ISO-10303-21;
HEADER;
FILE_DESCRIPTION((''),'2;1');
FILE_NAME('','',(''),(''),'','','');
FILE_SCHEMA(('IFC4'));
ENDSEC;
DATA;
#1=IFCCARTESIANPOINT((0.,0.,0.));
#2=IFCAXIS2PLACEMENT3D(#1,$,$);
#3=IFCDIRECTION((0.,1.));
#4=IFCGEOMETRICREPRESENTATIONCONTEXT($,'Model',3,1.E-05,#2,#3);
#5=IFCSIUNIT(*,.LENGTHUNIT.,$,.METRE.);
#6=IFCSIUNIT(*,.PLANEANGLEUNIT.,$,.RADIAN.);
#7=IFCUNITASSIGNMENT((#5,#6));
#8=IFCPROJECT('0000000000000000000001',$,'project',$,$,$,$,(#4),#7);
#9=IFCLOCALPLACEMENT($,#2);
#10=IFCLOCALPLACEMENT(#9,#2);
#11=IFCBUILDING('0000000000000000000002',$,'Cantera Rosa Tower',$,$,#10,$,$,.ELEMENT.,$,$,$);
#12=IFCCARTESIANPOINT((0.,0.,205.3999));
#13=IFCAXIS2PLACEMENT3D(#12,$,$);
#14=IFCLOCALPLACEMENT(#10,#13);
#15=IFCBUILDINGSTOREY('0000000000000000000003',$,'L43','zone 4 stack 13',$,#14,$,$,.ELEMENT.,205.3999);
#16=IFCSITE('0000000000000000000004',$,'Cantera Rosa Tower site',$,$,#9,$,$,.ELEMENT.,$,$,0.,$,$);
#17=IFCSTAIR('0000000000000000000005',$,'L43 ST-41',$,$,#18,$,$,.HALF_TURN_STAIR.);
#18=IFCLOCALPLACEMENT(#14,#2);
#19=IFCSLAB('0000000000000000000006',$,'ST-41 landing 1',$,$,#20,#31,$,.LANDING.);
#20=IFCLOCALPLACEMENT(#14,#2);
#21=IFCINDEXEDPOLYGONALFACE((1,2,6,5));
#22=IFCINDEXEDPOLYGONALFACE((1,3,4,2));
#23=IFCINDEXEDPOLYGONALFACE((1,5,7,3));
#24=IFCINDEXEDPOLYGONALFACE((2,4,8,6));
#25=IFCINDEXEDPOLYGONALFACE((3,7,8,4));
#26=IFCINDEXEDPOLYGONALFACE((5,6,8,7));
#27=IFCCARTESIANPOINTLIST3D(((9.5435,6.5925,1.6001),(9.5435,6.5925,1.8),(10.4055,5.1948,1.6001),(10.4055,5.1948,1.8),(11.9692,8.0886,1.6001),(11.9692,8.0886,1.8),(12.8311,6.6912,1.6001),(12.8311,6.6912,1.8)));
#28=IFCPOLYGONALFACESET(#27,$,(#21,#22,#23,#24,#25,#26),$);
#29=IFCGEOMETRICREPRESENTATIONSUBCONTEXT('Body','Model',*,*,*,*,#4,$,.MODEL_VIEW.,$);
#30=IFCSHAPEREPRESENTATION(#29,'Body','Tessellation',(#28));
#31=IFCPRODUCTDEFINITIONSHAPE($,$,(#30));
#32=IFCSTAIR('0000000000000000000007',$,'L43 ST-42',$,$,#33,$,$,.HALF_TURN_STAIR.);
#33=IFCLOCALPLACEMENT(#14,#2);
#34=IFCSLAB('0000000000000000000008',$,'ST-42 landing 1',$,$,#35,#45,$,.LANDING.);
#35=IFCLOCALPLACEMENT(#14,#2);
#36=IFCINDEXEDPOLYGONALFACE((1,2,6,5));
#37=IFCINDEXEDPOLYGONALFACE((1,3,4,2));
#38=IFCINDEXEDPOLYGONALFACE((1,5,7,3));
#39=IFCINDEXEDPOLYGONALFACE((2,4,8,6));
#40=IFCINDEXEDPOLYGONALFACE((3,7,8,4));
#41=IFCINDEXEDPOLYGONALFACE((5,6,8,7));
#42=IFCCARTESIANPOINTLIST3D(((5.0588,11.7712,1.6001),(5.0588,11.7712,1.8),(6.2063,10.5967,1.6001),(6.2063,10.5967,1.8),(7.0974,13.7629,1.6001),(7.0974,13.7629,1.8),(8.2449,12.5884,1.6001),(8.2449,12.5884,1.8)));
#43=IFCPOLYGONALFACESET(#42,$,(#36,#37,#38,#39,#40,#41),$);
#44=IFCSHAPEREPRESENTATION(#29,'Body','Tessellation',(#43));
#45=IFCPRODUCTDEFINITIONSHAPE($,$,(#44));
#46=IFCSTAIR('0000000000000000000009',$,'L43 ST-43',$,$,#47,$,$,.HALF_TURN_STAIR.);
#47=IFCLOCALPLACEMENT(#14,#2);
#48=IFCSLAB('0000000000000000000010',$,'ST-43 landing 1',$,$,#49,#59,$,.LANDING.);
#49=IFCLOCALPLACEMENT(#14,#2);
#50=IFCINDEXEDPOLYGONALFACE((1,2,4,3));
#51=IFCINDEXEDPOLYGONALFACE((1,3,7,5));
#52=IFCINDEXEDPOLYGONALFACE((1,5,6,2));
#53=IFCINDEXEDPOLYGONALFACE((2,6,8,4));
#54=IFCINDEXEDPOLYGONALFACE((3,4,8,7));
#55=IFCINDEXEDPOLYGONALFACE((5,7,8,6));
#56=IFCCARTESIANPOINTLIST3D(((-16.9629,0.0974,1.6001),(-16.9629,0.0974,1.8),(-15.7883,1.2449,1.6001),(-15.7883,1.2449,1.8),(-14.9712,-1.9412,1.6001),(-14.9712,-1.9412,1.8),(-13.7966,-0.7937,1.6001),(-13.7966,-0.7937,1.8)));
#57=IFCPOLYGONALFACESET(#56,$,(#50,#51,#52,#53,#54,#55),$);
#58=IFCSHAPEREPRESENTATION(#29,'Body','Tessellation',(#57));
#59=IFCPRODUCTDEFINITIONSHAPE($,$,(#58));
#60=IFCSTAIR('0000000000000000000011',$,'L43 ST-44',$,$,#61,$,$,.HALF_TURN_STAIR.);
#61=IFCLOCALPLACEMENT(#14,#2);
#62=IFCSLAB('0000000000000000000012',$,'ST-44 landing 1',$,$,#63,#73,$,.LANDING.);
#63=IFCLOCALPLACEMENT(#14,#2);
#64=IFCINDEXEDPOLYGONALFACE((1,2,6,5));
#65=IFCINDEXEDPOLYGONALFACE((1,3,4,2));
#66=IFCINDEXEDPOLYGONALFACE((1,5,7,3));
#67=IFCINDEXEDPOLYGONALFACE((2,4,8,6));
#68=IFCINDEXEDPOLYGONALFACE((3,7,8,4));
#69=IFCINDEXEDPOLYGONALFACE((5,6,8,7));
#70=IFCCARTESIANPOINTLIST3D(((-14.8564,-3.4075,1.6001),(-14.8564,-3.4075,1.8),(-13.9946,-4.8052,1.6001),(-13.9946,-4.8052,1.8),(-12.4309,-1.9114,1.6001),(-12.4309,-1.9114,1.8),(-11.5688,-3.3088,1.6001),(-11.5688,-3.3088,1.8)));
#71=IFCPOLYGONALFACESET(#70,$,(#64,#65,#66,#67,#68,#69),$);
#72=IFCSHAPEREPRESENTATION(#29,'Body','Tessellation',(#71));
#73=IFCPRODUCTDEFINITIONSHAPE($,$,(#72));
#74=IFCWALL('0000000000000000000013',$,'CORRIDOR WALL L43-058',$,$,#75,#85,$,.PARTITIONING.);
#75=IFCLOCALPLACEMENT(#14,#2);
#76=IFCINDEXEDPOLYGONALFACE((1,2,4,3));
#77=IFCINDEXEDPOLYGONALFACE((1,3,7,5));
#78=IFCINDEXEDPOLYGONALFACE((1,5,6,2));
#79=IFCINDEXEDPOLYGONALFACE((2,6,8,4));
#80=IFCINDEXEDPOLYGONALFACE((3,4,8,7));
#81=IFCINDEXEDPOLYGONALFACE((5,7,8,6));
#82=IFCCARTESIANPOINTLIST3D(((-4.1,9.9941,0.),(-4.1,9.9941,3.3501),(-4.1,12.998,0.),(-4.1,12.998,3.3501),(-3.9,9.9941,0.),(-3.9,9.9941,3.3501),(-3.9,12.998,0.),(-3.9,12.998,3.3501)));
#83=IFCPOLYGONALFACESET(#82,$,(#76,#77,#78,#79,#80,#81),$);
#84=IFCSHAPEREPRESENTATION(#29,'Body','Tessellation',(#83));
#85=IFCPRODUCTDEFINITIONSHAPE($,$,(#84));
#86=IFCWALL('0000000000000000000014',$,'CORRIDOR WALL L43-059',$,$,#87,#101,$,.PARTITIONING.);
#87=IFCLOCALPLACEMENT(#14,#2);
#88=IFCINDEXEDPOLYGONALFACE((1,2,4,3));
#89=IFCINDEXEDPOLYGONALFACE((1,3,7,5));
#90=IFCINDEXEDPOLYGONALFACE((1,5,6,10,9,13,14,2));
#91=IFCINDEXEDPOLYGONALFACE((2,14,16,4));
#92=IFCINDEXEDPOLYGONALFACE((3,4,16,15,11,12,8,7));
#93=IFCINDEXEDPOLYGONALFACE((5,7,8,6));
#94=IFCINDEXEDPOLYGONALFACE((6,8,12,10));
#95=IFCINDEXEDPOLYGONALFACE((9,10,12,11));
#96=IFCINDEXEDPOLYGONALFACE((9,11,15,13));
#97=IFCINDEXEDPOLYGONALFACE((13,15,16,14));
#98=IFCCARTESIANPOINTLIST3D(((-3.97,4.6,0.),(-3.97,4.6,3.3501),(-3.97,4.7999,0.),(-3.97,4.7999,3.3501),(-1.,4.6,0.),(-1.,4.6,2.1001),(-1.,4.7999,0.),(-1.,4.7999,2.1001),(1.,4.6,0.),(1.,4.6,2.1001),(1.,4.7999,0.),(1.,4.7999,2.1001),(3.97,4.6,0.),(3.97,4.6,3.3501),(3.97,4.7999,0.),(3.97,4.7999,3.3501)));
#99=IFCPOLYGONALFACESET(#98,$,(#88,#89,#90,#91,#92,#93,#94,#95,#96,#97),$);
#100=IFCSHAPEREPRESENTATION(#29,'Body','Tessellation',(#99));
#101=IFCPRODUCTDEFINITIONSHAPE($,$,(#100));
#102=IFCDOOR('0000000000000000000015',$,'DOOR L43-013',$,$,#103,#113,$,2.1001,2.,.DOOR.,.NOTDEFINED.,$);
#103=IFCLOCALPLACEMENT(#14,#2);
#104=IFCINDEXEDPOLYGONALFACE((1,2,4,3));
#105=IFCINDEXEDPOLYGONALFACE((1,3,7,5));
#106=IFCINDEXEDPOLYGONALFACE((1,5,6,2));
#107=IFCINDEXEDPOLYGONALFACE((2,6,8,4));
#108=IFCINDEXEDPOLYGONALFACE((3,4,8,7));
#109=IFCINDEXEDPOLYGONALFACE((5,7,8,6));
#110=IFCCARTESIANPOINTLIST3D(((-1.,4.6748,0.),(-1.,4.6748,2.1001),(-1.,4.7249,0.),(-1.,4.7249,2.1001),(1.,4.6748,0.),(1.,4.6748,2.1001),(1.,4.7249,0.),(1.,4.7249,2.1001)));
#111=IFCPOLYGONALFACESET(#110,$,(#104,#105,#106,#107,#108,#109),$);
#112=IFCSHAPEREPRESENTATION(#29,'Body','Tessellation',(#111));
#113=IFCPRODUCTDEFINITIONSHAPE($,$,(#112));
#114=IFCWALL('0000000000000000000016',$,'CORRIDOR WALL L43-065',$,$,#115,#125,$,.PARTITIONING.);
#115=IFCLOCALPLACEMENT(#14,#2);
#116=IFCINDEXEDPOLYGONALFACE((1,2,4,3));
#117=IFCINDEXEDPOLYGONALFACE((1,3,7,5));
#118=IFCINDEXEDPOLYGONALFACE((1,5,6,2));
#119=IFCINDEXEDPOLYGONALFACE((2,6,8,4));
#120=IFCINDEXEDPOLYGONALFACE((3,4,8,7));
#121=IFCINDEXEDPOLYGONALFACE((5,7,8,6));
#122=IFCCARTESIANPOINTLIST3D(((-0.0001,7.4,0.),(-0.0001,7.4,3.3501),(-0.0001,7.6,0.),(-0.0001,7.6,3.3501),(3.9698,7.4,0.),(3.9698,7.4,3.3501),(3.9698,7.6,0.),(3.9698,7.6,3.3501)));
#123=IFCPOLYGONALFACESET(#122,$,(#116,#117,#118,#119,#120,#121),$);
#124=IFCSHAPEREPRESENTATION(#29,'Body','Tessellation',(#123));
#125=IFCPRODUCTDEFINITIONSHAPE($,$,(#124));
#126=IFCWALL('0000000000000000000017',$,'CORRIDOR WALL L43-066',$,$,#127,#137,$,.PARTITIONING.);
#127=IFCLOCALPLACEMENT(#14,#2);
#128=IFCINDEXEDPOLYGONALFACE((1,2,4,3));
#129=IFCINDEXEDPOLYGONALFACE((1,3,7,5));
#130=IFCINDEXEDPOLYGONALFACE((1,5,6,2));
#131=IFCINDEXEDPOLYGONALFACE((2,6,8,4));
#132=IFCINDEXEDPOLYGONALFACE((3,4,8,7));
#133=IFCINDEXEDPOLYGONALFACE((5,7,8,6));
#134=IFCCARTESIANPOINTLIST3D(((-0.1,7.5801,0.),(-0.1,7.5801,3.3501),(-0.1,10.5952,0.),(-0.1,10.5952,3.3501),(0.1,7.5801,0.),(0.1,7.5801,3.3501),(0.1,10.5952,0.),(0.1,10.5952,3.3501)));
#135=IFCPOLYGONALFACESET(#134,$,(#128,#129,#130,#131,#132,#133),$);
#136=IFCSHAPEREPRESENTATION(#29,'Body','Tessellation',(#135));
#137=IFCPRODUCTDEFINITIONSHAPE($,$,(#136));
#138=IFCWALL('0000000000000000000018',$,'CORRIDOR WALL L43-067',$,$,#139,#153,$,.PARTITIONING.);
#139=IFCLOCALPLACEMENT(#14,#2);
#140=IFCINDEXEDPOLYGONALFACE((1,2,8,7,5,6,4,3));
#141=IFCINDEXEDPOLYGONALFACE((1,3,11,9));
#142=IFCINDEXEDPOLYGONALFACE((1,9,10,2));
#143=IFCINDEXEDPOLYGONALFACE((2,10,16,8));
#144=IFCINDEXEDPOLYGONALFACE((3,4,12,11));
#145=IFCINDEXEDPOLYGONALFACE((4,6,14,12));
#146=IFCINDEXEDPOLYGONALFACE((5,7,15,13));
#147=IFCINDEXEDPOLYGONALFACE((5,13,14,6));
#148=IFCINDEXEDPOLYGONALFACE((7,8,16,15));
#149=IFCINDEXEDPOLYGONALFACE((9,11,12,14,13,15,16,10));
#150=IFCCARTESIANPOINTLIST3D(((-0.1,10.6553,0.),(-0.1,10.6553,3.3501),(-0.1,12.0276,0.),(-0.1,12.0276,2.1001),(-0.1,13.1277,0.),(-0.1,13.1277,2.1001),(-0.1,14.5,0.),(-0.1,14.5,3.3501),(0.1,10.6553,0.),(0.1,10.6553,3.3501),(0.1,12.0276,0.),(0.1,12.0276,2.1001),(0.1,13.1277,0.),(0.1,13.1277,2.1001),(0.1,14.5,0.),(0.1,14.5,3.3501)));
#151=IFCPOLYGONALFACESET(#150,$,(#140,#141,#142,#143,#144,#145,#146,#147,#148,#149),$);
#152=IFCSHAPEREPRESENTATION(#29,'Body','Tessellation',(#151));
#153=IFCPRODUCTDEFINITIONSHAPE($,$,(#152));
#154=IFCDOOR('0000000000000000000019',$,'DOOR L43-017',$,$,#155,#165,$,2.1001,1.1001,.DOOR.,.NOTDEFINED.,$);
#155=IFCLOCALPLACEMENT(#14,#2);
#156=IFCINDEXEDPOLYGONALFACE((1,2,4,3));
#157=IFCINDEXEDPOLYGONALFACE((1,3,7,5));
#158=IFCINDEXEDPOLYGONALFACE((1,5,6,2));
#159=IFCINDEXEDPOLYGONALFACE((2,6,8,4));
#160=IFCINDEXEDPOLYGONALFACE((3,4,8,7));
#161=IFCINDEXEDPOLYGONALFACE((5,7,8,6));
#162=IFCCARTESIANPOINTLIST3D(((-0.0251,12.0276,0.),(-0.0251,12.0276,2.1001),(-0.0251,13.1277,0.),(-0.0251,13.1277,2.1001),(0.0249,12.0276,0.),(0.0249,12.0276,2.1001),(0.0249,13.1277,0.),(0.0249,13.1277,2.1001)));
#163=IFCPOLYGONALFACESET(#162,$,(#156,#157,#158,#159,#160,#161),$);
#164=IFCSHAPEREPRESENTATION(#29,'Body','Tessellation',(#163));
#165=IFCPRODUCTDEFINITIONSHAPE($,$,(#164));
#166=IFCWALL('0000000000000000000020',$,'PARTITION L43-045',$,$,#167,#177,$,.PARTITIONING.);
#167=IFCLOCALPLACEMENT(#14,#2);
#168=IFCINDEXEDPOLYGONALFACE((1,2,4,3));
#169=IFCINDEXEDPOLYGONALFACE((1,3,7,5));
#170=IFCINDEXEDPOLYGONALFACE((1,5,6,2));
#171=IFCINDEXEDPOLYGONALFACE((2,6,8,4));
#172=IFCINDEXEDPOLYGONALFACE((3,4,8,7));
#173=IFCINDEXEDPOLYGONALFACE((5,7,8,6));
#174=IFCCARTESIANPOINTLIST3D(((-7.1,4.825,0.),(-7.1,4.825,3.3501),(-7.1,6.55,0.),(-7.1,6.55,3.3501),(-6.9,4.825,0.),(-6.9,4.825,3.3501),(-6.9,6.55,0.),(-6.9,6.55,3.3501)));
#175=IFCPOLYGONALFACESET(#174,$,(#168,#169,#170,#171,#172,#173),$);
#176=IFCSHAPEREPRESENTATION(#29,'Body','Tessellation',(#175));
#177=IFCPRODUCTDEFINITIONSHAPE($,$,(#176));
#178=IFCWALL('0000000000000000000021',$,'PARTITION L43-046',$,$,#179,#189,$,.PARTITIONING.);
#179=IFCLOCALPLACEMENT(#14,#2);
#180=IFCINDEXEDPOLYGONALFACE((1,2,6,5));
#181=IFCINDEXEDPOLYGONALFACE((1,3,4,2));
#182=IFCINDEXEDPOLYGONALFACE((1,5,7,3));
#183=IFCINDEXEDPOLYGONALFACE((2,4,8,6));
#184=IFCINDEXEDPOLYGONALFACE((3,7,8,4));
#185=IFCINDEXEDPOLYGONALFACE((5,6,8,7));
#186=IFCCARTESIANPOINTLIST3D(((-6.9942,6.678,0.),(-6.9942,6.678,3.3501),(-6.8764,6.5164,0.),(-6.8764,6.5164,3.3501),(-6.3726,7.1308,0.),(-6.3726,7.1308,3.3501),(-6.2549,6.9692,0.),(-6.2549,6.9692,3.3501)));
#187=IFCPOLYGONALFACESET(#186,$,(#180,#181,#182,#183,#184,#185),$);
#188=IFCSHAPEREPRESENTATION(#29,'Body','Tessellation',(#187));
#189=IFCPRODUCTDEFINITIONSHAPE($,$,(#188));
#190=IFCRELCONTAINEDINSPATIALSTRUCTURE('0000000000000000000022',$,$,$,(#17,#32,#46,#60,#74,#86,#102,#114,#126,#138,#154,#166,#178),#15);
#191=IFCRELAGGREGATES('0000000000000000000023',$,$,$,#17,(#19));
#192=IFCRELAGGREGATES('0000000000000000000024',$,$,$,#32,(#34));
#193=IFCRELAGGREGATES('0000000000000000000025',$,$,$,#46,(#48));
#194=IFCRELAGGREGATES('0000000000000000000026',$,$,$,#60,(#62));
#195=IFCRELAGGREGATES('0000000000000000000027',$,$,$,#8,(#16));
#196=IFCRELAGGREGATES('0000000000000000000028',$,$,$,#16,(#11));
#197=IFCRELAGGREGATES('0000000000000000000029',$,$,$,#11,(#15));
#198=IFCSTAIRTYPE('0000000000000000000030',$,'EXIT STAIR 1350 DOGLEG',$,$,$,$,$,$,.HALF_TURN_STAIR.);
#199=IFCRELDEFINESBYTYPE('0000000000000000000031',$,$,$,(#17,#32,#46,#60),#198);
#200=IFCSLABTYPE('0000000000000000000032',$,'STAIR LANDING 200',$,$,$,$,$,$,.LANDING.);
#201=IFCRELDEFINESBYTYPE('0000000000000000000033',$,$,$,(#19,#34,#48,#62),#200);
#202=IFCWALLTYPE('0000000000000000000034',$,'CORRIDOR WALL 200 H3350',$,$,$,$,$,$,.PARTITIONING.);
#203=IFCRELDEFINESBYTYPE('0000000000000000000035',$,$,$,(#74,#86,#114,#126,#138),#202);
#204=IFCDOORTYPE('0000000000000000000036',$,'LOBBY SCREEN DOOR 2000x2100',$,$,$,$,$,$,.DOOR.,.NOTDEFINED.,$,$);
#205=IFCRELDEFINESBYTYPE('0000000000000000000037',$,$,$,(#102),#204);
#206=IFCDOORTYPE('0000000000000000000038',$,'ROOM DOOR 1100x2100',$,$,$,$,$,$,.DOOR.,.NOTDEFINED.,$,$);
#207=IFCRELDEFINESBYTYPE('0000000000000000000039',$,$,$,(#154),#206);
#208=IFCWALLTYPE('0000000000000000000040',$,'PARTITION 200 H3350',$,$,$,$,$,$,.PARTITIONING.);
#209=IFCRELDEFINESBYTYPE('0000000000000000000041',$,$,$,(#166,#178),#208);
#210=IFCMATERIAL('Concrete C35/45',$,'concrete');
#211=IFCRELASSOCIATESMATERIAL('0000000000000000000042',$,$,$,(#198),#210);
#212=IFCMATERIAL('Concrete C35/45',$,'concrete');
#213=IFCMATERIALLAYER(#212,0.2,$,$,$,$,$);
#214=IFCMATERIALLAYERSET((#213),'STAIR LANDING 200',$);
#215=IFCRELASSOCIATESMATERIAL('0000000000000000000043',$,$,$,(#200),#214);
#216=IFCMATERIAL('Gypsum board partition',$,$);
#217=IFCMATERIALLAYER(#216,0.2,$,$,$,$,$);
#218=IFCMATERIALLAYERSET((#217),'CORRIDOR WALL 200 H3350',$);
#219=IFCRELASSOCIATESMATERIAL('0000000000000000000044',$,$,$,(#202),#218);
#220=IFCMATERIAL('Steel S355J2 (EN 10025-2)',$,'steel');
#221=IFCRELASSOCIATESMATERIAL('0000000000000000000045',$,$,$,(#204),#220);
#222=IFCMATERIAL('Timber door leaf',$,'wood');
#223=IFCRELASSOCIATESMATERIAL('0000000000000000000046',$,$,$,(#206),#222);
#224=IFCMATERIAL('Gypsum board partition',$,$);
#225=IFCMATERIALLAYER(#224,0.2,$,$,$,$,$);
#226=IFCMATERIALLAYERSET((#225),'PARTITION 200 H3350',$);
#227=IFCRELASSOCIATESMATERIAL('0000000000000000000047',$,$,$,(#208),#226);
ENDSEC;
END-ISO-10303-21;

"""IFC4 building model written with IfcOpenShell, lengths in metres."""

from ifc_helpers import new_model, si_unit, direction, frame, frame_2d, origin, place, context, subcontext, project, spatial, polyline, rectangle, outline, extrude, material, layer, layer_set, type_object, element, fill, aggregate, save


model = new_model("IFC4")

# Units and contexts
model_context = context("Model", 3, precision=1e-05, world=origin(), true_north=direction((0.0, 1.0)))
body_context = subcontext(model_context, "Body", "Model", "MODEL_VIEW")
ifc_project = project(units=[si_unit("LENGTHUNIT", "METRE"), si_unit("PLANEANGLEUNIT", "RADIAN")], contexts=[model_context])

# Site, building, storey
site_placement = place(None, origin())
site = spatial("IfcSite", under=ifc_project, at=site_placement, Name="Cantera Rosa Tower site", CompositionType="ELEMENT", RefElevation=0.0)
building_placement = place(site_placement, origin())
building = spatial("IfcBuilding", under=site, at=building_placement, Name="Cantera Rosa Tower", CompositionType="ELEMENT")
storey_placement = place(building_placement, frame((0.0, 0.0, 205.3999)))
storey = spatial("IfcBuildingStorey", under=building, at=storey_placement, Name="L43", Description="zone 4 stack 13", CompositionType="ELEMENT", Elevation=205.3999)

# Stairs, slabs
ifc_material_1 = material(Name="Concrete C35/45", Category="concrete")
stair_type = type_object("IfcStairType", Name="EXIT STAIR 1350 DOGLEG", PredefinedType="HALF_TURN_STAIR", material=ifc_material_1)
stair_1_placement = place(storey_placement, origin())
stair_1 = element("IfcStair", 1, at=stair_1_placement, inside=storey, type_object=stair_type, Name="L43 ST-41", PredefinedType="HALF_TURN_STAIR")
ifc_material_2 = material(Name="Concrete C35/45", Category="concrete")
ifc_layer_1 = layer(ifc_material_2, 0.2)
ifc_layer_set_1 = layer_set([ifc_layer_1], Name="STAIR LANDING 200")
slab_type = type_object("IfcSlabType", Name="STAIR LANDING 200", PredefinedType="LANDING", material=ifc_layer_set_1)
slab_1_placement = place(storey_placement, frame((0.0, 0.0, 1.6001)))
slab_1 = element("IfcSlab", 2, at=slab_1_placement, type_object=slab_type, Name="ST-41 landing 1", PredefinedType="LANDING", context=body_context, shape_type="SweptSolid", body=[
    extrude(outline(polyline([(12.8311, 6.6912), (11.9692, 8.0886), (9.5435, 6.5925), (10.4055, 5.1948), (12.8311, 6.6912)])), origin(), (0.0, 0.0, 1.0), 0.2),
])
aggregate(stair_1, [slab_1])
stair_2_placement = place(storey_placement, origin())
stair_2 = element("IfcStair", 3, at=stair_2_placement, inside=storey, type_object=stair_type, Name="L43 ST-42", PredefinedType="HALF_TURN_STAIR")
slab_2_placement = place(storey_placement, frame((0.0, 0.0, 1.6001)))
slab_2 = element("IfcSlab", 4, at=slab_2_placement, type_object=slab_type, Name="ST-42 landing 1", PredefinedType="LANDING", context=body_context, shape_type="SweptSolid", body=[
    extrude(outline(polyline([(8.2449, 12.5884), (7.0974, 13.7629), (5.0588, 11.7712), (6.2063, 10.5967), (8.2449, 12.5884)])), origin(), (0.0, 0.0, 1.0), 0.2),
])
aggregate(stair_2, [slab_2])
stair_3_placement = place(storey_placement, origin())
stair_3 = element("IfcStair", 5, at=stair_3_placement, inside=storey, type_object=stair_type, Name="L43 ST-43", PredefinedType="HALF_TURN_STAIR")
slab_3_placement = place(storey_placement, frame((0.0, 0.0, 1.6001)))
slab_3 = element("IfcSlab", 6, at=slab_3_placement, type_object=slab_type, Name="ST-43 landing 1", PredefinedType="LANDING", context=body_context, shape_type="SweptSolid", body=[
    extrude(outline(polyline([(-15.7883, 1.2449), (-16.9629, 0.0974), (-14.9712, -1.9412), (-13.7966, -0.7937), (-15.7883, 1.2449)])), origin(), (0.0, 0.0, 1.0), 0.2),
])
aggregate(stair_3, [slab_3])
stair_4_placement = place(storey_placement, origin())
stair_4 = element("IfcStair", 7, at=stair_4_placement, inside=storey, type_object=stair_type, Name="L43 ST-44", PredefinedType="HALF_TURN_STAIR")
slab_4_placement = place(storey_placement, frame((0.0, 0.0, 1.6001)))
slab_4 = element("IfcSlab", 8, at=slab_4_placement, type_object=slab_type, Name="ST-44 landing 1", PredefinedType="LANDING", context=body_context, shape_type="SweptSolid", body=[
    extrude(outline(polyline([(-11.5688, -3.3088), (-12.4309, -1.9114), (-14.8564, -3.4075), (-13.9946, -4.8052), (-11.5688, -3.3088)])), origin(), (0.0, 0.0, 1.0), 0.2),
])
aggregate(stair_4, [slab_4])

# Wall
ifc_material_3 = material(Name="Gypsum board partition")
ifc_layer_2 = layer(ifc_material_3, 0.2)
ifc_layer_set_2 = layer_set([ifc_layer_2], Name="CORRIDOR WALL 200 H3350")
wall_type_1 = type_object("IfcWallType", Name="CORRIDOR WALL 200 H3350", PredefinedType="PARTITIONING", material=ifc_layer_set_2)
wall_1_placement = place(storey_placement, frame((-4.0, 9.9941, 0.0), z_axis=(0.0, 0.0, 1.0), x_axis=(0.0, 1.0, 0.0)))
element("IfcWall", 9, at=wall_1_placement, inside=storey, type_object=wall_type_1, Name="CORRIDOR WALL L43-058", PredefinedType="PARTITIONING", context=body_context, shape_type="SweptSolid", body=[
    extrude(rectangle(XDim=3.0039, YDim=0.2, at=frame_2d((1.502, 0.0))), origin(), (0.0, 0.0, 1.0), 3.3501),
])

# Wall, opening, door
wall_2_placement = place(storey_placement, frame((-3.97, 4.7, 0.0), z_axis=(0.0, 0.0, 1.0), x_axis=(1.0, 0.0, 0.0)))
wall_2 = element("IfcWall", 10, at=wall_2_placement, inside=storey, type_object=wall_type_1, Name="CORRIDOR WALL L43-059", PredefinedType="PARTITIONING", context=body_context, shape_type="SweptSolid", body=[
    extrude(rectangle(XDim=7.9399, YDim=0.2, at=frame_2d((3.97, 0.0))), origin(), (0.0, 0.0, 1.0), 3.3501),
])
opening_1_placement = place(wall_2_placement, frame((2.97, 0.0, 0.0)))
opening_1 = element("IfcOpeningElement", 11, at=opening_1_placement, cuts=wall_2, PredefinedType="OPENING", context=body_context, shape_type="SweptSolid", body=[
    extrude(rectangle(XDim=2.0, YDim=2.1001, at=frame_2d((1.0, 1.05))), frame((0.0, 0.1099, 0.0), z_axis=(0.0, -1.0, 0.0), x_axis=(1.0, 0.0, 0.0)), (0.0, 0.0, 1.0), 0.22),
])
ifc_material_4 = material(Name="Steel S355J2 (EN 10025-2)", Category="steel")
door_type_1 = type_object("IfcDoorType", Name="LOBBY SCREEN DOOR 2000x2100", OperationType="NOTDEFINED", PredefinedType="DOOR", material=ifc_material_4)
door_1_placement = place(opening_1_placement, origin())
door_1 = element("IfcDoor", 12, at=door_1_placement, inside=storey, type_object=door_type_1, Name="DOOR L43-013", OperationType="NOTDEFINED", OverallHeight=2.1001, OverallWidth=2.0, PredefinedType="DOOR", context=body_context, shape_type="SweptSolid", body=[
    extrude(rectangle(XDim=2.0, YDim=2.1001, at=frame_2d((1.0, 1.05))), frame((0.0, 0.0249, 0.0), z_axis=(0.0, -1.0, 0.0), x_axis=(1.0, 0.0, 0.0)), (0.0, 0.0, 1.0), 0.05),
])
fill(opening_1, door_1)

# Walls
wall_3_placement = place(storey_placement, frame((0.0, 7.5, 0.0), z_axis=(0.0, 0.0, 1.0), x_axis=(1.0, 0.0, 0.0)))
element("IfcWall", 13, at=wall_3_placement, inside=storey, type_object=wall_type_1, Name="CORRIDOR WALL L43-065", PredefinedType="PARTITIONING", context=body_context, shape_type="SweptSolid", body=[
    extrude(rectangle(XDim=3.97, YDim=0.2, at=frame_2d((1.9849, 0.0))), origin(), (0.0, 0.0, 1.0), 3.3501),
])
wall_4_placement = place(storey_placement, frame((0.0, 10.5952, 0.0), z_axis=(0.0, 0.0, 1.0), x_axis=(0.0, -1.0, 0.0)))
element("IfcWall", 14, at=wall_4_placement, inside=storey, type_object=wall_type_1, Name="CORRIDOR WALL L43-066", PredefinedType="PARTITIONING", context=body_context, shape_type="SweptSolid", body=[
    extrude(rectangle(XDim=3.0151, YDim=0.2, at=frame_2d((1.5076, 0.0))), origin(), (0.0, 0.0, 1.0), 3.3501),
])

# Wall, opening, door
wall_5_placement = place(storey_placement, frame((0.0, 14.5, 0.0), z_axis=(0.0, 0.0, 1.0), x_axis=(0.0, -1.0, 0.0)))
wall_5 = element("IfcWall", 15, at=wall_5_placement, inside=storey, type_object=wall_type_1, Name="CORRIDOR WALL L43-067", PredefinedType="PARTITIONING", context=body_context, shape_type="SweptSolid", body=[
    extrude(rectangle(XDim=3.8447, YDim=0.2, at=frame_2d((1.9224, 0.0))), origin(), (0.0, 0.0, 1.0), 3.3501),
])
opening_2_placement = place(wall_5_placement, frame((1.3723, 0.0, 0.0)))
opening_2 = element("IfcOpeningElement", 16, at=opening_2_placement, cuts=wall_5, PredefinedType="OPENING", context=body_context, shape_type="SweptSolid", body=[
    extrude(rectangle(XDim=1.1001, YDim=2.1001, at=frame_2d((0.55, 1.05))), frame((0.0, 0.1099, 0.0), z_axis=(0.0, -1.0, 0.0), x_axis=(1.0, 0.0, 0.0)), (0.0, 0.0, 1.0), 0.22),
])
ifc_material_5 = material(Name="Timber door leaf", Category="wood")
door_type_2 = type_object("IfcDoorType", Name="ROOM DOOR 1100x2100", OperationType="NOTDEFINED", PredefinedType="DOOR", material=ifc_material_5)
door_2_placement = place(opening_2_placement, origin())
door_2 = element("IfcDoor", 17, at=door_2_placement, inside=storey, type_object=door_type_2, Name="DOOR L43-017", OperationType="NOTDEFINED", OverallHeight=2.1001, OverallWidth=1.1001, PredefinedType="DOOR", context=body_context, shape_type="SweptSolid", body=[
    extrude(rectangle(XDim=1.1001, YDim=2.1001, at=frame_2d((0.55, 1.05))), frame((0.0, 0.0249, 0.0), z_axis=(0.0, -1.0, 0.0), x_axis=(1.0, 0.0, 0.0)), (0.0, 0.0, 1.0), 0.05),
])
fill(opening_2, door_2)

# Walls
ifc_material_6 = material(Name="Gypsum board partition")
ifc_layer_3 = layer(ifc_material_6, 0.2)
ifc_layer_set_3 = layer_set([ifc_layer_3], Name="PARTITION 200 H3350")
wall_type_2 = type_object("IfcWallType", Name="PARTITION 200 H3350", PredefinedType="PARTITIONING", material=ifc_layer_set_3)
wall_6_placement = place(storey_placement, frame((-7.0, 4.825, 0.0), z_axis=(0.0, 0.0, 1.0), x_axis=(0.0, 1.0, 0.0)))
element("IfcWall", 18, at=wall_6_placement, inside=storey, type_object=wall_type_2, Name="PARTITION L43-045", PredefinedType="PARTITIONING", context=body_context, shape_type="SweptSolid", body=[
    extrude(rectangle(XDim=1.7251, YDim=0.2, at=frame_2d((0.8625, 0.0))), origin(), (0.0, 0.0, 1.0), 3.3501),
])
wall_7_placement = place(storey_placement, frame((-6.9353, 6.5972, 0.0), z_axis=(0.0, 0.0, 1.0), x_axis=(0.808228, 0.58887, 0.0)))
element("IfcWall", 19, at=wall_7_placement, inside=storey, type_object=wall_type_2, Name="PARTITION L43-046", PredefinedType="PARTITIONING", context=body_context, shape_type="SweptSolid", body=[
    extrude(rectangle(XDim=0.769, YDim=0.2, at=frame_2d((0.3845, 0.0))), origin(), (0.0, 0.0, 1.0), 3.3501),
])

save(model, "model.ifc")
